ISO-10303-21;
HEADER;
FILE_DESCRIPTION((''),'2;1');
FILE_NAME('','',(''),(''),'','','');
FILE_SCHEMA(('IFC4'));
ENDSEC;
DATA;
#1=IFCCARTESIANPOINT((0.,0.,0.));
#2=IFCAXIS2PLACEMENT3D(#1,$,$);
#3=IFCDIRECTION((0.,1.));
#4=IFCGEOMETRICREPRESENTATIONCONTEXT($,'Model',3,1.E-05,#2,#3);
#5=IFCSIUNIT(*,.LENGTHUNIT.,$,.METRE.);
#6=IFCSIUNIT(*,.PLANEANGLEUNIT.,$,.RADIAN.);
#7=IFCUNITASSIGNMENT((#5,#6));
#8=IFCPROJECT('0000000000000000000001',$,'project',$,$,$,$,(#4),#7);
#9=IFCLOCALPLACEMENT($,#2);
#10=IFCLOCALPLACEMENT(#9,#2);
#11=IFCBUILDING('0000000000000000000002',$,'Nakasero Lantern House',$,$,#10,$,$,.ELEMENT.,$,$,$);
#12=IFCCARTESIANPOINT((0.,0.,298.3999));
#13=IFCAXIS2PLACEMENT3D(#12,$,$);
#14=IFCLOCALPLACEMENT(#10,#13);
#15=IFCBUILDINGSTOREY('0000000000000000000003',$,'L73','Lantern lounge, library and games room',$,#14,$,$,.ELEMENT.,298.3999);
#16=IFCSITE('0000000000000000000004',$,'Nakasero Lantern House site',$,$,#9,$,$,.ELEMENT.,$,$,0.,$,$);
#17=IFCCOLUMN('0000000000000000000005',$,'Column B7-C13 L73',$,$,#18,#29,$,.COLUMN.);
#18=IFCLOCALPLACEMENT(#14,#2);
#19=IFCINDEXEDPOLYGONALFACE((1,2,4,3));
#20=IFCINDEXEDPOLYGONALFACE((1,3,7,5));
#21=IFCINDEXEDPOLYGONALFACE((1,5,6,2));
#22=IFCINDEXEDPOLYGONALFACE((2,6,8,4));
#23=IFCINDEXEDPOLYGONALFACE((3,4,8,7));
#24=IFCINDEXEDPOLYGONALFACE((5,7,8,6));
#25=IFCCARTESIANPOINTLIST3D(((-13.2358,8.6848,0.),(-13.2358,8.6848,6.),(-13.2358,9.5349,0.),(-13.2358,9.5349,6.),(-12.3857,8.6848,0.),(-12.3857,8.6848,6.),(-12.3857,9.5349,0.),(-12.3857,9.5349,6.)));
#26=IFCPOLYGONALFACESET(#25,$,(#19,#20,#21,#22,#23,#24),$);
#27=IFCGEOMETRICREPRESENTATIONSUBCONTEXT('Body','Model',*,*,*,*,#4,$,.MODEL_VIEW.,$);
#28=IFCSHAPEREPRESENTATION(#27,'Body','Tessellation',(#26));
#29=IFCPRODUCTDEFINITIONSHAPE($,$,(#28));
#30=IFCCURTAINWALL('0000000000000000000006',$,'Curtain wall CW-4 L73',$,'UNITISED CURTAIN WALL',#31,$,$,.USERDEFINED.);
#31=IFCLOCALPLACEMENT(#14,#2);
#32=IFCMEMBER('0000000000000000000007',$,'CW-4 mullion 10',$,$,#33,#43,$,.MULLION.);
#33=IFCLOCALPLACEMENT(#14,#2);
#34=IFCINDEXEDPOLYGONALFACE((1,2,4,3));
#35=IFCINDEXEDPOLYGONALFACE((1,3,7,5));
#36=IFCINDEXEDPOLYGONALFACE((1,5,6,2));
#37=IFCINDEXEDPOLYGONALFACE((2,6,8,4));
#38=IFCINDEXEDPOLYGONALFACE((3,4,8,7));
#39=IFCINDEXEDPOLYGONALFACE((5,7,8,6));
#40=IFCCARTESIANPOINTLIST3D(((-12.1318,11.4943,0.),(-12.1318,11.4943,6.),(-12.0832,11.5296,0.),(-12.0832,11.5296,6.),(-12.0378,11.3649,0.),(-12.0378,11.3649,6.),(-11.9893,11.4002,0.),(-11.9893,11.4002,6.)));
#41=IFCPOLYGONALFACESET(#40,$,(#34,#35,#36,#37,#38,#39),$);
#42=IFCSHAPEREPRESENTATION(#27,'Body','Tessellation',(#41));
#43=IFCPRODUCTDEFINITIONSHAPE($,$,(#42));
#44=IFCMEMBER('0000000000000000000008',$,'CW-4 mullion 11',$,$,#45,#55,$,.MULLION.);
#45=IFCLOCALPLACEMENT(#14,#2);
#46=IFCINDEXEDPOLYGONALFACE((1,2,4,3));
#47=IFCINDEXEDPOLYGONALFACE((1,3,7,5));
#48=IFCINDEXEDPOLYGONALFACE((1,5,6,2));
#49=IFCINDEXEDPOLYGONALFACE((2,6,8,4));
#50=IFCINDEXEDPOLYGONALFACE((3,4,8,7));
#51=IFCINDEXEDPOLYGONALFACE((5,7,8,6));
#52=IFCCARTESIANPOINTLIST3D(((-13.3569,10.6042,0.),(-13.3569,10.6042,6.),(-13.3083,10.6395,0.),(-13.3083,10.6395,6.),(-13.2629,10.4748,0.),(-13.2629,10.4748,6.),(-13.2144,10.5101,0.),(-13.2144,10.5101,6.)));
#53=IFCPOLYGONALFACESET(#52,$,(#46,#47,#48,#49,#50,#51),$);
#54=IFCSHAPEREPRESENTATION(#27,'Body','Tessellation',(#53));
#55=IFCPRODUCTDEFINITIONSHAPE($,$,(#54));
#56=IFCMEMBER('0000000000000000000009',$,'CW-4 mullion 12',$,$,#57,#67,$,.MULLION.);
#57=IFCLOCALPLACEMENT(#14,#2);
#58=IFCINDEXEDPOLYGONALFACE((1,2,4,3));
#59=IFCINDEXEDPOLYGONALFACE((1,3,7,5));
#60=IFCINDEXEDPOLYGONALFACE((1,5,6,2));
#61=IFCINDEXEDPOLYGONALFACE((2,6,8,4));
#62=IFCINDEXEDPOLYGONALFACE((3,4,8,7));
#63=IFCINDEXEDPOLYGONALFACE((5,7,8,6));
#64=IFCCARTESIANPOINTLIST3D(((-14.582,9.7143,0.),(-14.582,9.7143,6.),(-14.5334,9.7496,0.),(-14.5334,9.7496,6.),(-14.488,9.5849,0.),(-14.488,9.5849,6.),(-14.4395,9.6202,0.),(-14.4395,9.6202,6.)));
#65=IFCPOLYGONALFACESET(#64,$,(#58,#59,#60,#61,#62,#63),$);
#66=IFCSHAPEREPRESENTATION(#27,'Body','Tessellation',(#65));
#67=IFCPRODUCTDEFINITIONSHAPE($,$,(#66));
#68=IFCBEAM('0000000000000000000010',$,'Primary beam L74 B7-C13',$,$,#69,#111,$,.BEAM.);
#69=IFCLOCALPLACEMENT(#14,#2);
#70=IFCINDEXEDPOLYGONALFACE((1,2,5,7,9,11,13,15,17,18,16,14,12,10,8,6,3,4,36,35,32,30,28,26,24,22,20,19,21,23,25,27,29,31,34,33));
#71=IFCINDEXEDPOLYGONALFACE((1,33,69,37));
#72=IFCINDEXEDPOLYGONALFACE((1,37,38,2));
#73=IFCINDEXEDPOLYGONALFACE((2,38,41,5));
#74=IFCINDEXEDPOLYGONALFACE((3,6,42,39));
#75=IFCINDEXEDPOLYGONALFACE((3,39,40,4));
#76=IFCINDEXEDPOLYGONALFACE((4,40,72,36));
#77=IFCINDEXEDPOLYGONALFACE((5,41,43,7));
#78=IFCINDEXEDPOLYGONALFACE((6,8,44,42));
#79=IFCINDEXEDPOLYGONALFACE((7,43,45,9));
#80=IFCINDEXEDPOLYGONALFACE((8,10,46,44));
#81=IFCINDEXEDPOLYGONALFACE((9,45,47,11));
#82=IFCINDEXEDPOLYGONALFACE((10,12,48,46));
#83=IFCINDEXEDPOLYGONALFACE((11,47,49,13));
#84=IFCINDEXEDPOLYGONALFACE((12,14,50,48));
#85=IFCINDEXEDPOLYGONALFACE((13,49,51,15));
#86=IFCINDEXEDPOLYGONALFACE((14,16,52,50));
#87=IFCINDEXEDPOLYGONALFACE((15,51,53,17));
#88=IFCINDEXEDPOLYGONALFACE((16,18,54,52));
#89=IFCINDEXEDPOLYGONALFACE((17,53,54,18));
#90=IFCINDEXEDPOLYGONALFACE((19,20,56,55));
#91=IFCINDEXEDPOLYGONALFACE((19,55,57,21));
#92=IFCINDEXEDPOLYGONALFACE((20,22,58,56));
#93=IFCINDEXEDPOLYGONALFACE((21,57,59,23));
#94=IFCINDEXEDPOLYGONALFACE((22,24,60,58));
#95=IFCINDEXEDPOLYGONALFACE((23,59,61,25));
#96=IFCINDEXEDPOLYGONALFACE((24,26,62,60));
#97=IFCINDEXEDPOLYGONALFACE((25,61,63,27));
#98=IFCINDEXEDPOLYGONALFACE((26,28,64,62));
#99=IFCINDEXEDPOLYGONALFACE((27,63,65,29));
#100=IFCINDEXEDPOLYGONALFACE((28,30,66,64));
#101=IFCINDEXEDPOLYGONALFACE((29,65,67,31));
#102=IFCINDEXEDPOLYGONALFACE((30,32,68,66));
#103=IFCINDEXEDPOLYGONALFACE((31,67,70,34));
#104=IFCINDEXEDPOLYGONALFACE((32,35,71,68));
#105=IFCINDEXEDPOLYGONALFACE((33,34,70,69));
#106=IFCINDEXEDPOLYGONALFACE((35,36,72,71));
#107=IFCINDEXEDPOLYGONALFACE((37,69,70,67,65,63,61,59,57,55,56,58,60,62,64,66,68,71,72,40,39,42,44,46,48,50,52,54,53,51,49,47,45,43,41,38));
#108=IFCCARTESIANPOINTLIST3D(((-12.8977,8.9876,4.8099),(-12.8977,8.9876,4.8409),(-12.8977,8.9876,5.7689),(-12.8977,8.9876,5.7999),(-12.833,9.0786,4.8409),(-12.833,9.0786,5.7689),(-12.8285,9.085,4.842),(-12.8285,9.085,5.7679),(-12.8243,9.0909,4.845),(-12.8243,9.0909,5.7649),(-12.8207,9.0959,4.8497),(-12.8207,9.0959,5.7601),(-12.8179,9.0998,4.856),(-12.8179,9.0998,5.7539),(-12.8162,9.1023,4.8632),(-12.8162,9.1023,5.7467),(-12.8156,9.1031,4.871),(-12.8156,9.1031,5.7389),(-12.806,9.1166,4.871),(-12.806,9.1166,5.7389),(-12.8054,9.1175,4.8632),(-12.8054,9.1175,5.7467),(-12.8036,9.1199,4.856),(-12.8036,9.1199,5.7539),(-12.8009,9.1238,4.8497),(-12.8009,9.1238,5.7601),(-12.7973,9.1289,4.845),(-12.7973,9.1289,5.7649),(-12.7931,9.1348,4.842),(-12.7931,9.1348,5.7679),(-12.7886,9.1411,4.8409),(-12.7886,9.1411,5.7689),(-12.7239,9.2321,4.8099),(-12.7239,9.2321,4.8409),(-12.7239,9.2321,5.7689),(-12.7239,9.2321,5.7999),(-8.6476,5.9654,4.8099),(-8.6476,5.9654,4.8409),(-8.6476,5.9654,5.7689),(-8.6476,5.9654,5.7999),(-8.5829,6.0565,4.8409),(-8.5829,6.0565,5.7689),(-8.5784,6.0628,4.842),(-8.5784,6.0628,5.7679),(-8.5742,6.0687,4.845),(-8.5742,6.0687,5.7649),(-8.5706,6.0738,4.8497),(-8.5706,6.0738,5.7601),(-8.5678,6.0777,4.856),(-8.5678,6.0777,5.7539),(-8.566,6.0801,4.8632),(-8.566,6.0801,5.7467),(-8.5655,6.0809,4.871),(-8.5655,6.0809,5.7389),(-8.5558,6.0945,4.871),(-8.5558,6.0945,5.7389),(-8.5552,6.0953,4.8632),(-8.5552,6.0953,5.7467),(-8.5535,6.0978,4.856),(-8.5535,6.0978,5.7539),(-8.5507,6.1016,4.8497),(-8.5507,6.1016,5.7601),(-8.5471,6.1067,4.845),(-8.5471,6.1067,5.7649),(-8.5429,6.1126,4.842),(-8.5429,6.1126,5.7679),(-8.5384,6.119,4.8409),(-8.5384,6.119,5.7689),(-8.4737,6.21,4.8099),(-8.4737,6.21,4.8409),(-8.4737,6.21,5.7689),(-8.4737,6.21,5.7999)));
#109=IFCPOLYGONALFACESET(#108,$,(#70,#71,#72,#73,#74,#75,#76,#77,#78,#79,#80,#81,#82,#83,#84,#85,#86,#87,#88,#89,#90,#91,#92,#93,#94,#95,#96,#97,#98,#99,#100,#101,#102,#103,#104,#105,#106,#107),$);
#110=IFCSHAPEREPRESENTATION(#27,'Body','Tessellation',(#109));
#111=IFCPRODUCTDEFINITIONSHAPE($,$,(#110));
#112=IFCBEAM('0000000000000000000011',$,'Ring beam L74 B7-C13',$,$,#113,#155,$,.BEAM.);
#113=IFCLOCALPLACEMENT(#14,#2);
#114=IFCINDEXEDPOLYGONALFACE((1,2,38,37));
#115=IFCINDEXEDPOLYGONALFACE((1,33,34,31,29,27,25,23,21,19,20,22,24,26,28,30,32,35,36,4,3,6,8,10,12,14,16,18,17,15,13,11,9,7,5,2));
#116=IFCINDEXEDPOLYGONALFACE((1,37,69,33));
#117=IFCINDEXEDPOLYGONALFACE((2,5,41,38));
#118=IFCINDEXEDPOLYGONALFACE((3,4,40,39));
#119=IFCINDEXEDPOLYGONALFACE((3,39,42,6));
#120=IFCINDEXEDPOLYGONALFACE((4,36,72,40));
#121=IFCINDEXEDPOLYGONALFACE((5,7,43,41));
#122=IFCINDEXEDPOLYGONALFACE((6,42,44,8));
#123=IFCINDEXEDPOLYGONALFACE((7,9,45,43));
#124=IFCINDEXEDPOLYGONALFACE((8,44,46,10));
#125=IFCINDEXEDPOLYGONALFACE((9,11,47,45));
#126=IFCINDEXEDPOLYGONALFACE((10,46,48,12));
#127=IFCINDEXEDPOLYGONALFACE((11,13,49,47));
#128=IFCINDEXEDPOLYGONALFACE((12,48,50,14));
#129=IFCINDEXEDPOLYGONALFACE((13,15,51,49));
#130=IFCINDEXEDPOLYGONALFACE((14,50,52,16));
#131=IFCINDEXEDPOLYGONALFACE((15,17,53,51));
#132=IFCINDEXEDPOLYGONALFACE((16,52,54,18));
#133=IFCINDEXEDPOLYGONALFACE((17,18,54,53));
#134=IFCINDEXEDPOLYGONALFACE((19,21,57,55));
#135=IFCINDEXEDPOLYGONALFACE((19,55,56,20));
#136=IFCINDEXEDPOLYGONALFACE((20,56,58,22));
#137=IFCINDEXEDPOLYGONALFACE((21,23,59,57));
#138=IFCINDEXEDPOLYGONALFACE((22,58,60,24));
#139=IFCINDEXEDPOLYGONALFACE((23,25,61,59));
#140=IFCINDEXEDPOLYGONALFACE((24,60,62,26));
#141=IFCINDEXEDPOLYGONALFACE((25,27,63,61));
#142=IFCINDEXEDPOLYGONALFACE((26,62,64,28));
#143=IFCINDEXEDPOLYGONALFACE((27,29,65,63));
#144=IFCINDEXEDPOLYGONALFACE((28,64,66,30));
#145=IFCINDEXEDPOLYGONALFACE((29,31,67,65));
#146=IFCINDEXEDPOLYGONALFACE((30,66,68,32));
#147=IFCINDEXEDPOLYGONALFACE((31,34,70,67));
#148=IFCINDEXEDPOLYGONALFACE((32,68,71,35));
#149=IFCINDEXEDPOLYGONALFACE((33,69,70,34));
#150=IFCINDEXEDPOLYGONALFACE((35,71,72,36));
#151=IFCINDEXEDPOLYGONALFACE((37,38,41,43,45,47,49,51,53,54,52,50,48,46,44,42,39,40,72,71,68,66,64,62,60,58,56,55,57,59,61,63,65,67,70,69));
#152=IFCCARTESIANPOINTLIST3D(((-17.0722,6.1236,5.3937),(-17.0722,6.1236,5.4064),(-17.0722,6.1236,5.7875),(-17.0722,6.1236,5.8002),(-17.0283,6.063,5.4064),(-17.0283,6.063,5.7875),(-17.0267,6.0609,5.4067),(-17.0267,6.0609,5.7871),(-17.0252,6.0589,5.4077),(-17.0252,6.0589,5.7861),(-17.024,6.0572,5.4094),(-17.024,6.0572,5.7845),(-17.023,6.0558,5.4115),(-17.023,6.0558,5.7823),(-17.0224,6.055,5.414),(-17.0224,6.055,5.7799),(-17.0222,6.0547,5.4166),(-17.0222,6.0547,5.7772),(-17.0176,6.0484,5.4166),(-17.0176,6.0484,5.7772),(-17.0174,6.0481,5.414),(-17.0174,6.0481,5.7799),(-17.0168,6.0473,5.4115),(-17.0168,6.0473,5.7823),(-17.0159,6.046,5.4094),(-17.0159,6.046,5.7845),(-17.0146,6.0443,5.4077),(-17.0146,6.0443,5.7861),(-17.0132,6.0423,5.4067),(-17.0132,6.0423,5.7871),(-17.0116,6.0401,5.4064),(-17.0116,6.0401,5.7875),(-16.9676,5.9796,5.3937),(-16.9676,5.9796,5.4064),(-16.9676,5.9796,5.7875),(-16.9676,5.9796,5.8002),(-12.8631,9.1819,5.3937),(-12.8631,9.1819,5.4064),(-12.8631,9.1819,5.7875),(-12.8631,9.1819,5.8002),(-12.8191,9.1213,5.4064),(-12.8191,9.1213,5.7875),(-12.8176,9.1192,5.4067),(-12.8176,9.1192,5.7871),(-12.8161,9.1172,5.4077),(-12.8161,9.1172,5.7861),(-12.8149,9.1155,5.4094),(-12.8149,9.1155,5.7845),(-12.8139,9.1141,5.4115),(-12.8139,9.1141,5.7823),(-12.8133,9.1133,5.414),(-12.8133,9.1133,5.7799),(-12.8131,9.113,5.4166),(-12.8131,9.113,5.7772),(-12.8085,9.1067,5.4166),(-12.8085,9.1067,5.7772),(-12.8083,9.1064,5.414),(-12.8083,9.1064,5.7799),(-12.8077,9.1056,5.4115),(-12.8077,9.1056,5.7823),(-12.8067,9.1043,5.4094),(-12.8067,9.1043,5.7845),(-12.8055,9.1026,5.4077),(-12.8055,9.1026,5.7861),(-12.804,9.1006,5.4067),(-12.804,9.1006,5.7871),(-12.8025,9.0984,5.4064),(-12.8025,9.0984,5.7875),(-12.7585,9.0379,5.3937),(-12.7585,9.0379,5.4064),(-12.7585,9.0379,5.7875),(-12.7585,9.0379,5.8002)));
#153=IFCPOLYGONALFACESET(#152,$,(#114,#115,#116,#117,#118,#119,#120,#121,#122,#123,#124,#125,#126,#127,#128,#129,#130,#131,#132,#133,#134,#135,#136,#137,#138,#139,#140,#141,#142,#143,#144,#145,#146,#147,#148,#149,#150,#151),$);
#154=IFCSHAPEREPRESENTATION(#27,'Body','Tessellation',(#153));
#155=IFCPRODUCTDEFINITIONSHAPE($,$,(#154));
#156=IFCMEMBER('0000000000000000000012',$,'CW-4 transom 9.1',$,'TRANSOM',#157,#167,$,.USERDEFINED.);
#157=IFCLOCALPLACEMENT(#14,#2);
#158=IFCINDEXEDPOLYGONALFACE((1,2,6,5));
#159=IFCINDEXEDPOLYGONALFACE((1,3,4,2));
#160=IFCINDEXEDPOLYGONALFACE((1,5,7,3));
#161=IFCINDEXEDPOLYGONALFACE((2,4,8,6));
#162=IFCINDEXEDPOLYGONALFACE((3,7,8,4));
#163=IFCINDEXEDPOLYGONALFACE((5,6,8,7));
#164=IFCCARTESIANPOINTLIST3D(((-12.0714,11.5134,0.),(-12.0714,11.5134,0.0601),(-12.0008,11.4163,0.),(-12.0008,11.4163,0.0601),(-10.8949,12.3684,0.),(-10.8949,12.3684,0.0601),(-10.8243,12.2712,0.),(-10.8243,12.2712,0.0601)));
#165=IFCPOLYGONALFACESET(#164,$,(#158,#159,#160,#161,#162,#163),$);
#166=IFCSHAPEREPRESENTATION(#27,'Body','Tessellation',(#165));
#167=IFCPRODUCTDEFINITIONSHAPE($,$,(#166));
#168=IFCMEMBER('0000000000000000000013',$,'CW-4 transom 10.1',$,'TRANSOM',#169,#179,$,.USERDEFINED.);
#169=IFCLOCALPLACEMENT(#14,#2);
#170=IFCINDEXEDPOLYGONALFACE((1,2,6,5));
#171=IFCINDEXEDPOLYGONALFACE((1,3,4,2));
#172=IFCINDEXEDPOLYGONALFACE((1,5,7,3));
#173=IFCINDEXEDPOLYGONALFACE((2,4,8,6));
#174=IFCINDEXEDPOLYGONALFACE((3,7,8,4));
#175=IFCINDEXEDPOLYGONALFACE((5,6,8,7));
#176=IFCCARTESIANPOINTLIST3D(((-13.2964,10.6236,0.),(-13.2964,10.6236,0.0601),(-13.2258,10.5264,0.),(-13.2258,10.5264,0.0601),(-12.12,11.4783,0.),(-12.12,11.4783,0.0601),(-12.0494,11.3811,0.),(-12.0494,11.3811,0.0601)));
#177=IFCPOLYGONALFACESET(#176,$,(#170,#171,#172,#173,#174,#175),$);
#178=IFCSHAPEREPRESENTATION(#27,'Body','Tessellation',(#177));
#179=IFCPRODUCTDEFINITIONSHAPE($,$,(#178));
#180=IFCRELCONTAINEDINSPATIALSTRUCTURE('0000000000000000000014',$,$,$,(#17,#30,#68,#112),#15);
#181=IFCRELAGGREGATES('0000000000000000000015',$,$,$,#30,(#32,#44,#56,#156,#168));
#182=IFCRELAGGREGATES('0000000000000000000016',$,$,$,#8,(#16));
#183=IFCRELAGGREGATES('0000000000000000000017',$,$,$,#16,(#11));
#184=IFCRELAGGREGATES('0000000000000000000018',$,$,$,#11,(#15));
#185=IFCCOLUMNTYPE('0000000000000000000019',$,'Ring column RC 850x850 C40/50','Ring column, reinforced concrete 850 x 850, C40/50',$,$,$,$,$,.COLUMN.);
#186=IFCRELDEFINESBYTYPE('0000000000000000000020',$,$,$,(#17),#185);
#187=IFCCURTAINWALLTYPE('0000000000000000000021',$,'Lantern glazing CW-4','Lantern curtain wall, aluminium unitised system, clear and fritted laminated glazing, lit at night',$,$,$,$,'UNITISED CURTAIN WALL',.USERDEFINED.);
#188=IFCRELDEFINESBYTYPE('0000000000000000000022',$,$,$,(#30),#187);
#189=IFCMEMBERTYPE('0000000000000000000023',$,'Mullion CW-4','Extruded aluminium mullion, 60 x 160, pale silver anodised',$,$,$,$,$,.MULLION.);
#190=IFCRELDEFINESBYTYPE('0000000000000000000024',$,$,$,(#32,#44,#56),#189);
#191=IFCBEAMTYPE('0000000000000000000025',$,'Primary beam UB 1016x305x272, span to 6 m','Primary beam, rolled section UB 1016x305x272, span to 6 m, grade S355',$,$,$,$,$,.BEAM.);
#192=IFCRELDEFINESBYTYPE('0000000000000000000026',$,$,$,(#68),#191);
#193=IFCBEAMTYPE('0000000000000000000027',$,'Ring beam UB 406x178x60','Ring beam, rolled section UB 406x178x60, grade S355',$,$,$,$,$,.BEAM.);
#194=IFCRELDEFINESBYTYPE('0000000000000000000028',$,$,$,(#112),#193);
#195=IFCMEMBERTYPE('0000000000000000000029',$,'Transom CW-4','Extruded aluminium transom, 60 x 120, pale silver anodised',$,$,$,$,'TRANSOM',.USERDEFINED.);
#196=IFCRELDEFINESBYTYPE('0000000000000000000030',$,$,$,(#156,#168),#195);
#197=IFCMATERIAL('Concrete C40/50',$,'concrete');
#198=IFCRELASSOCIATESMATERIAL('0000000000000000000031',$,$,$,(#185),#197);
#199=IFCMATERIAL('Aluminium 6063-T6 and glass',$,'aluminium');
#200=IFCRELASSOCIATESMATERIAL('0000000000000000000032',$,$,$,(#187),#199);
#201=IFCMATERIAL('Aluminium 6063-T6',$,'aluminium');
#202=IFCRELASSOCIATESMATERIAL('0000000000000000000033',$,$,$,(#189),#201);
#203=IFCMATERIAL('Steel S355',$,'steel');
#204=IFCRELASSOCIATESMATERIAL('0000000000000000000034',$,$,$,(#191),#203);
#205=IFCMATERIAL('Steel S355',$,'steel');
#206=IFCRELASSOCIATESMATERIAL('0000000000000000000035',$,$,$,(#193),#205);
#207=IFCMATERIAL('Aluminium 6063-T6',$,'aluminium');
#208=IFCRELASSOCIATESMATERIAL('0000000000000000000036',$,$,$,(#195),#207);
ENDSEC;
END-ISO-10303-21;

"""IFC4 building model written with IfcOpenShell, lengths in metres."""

from ifc_helpers import new_model, si_unit, direction, frame, origin, origin_2d, place, context, subcontext, project, spatial, rectangle, i_section, extrude, material, material_profile, profile_set, type_object, element, aggregate, save


model = new_model("IFC4")

# Units and contexts
model_context = context("Model", 3, precision=1e-05, world=origin(), true_north=direction((0.0, 1.0)))
body_context = subcontext(model_context, "Body", "Model", "MODEL_VIEW")
ifc_project = project(units=[si_unit("LENGTHUNIT", "METRE"), si_unit("PLANEANGLEUNIT", "RADIAN")], contexts=[model_context])

# Site, building, storey
site_placement = place(None, origin())
site = spatial("IfcSite", under=ifc_project, at=site_placement, Name="Nakasero Lantern House site", CompositionType="ELEMENT", RefElevation=0.0)
building_placement = place(site_placement, origin())
building = spatial("IfcBuilding", under=site, at=building_placement, Name="Nakasero Lantern House", CompositionType="ELEMENT")
storey_placement = place(building_placement, frame((0.0, 0.0, 298.3999)))
storey = spatial("IfcBuildingStorey", under=building, at=storey_placement, Name="L73", Description="Lantern lounge, library and games room", CompositionType="ELEMENT", Elevation=298.3999)

# Column
ifc_material_1 = material(Name="Concrete C40/50", Category="concrete")
ifc_material_profile_1 = material_profile(ifc_material_1, rectangle(XDim=0.8501, YDim=0.8501, at=origin_2d()), Name="RC 850x850")
ifc_profile_set_1 = profile_set([ifc_material_profile_1], Name="Concrete C40/50")
column_type = type_object("IfcColumnType", Name="Ring column RC 850x850 C40/50", Description="Ring column, reinforced concrete 850 x 850, C40/50", PredefinedType="COLUMN", material=ifc_profile_set_1)
column_placement = place(storey_placement, frame((-12.8108, 9.1099, 0.0), z_axis=(0.0, 0.0, 1.0), x_axis=(1.0, 0.0, 0.0)))
element("IfcColumn", 1, at=column_placement, inside=storey, type_object=column_type, Name="Column B7-C13 L73", PredefinedType="COLUMN", context=body_context, shape_type="SweptSolid", body=[
    extrude(rectangle(XDim=0.8501, YDim=0.8501, at=origin_2d()), origin(), (0.0, 0.0, 1.0), 6.0),
])

# Curtain wall, members
ifc_material_2 = material(Name="Aluminium 6063-T6 and glass", Category="aluminium")
curtain_wall_type = type_object("IfcCurtainWallType", Name="Lantern glazing CW-4", Description="Lantern curtain wall, aluminium unitised system, clear and fritted laminated glazing, lit at night", ElementType="UNITISED CURTAIN WALL", PredefinedType="USERDEFINED", material=ifc_material_2)
curtain_wall_placement = place(storey_placement, origin())
curtain_wall = element("IfcCurtainWall", 2, at=curtain_wall_placement, inside=storey, type_object=curtain_wall_type, Name="Curtain wall CW-4 L73", ObjectType="UNITISED CURTAIN WALL", PredefinedType="USERDEFINED")
ifc_material_3 = material(Name="Aluminium 6063-T6", Category="aluminium")
ifc_material_profile_2 = material_profile(ifc_material_3, rectangle(XDim=0.0601, YDim=0.1599, at=origin_2d()), Name="CW-4 mullion 60x160")
ifc_profile_set_2 = profile_set([ifc_material_profile_2], Name="Aluminium 6063-T6")
member_type_1 = type_object("IfcMemberType", Name="Mullion CW-4", Description="Extruded aluminium mullion, 60 x 160, pale silver anodised", PredefinedType="MULLION", material=ifc_profile_set_2)
member_1_placement = place(storey_placement, frame((-12.0605, 11.4473, 0.0), z_axis=(0.0, 0.0, 1.0), x_axis=(-0.809017, -0.587785, 0.0)))
member_1 = element("IfcMember", 3, at=member_1_placement, type_object=member_type_1, Name="CW-4 mullion 10", PredefinedType="MULLION", context=body_context, shape_type="SweptSolid", body=[
    extrude(rectangle(XDim=0.0601, YDim=0.1599, at=origin_2d()), origin(), (0.0, 0.0, 1.0), 6.0),
])
member_2_placement = place(storey_placement, frame((-13.2856, 10.5571, 0.0), z_axis=(0.0, 0.0, 1.0), x_axis=(-0.809017, -0.587785, 0.0)))
member_2 = element("IfcMember", 4, at=member_2_placement, type_object=member_type_1, Name="CW-4 mullion 11", PredefinedType="MULLION", context=body_context, shape_type="SweptSolid", body=[
    extrude(rectangle(XDim=0.0601, YDim=0.1599, at=origin_2d()), origin(), (0.0, 0.0, 1.0), 6.0),
])
member_3_placement = place(storey_placement, frame((-14.5107, 9.6672, 0.0), z_axis=(0.0, 0.0, 1.0), x_axis=(-0.809017, -0.587785, 0.0)))
member_3 = element("IfcMember", 5, at=member_3_placement, type_object=member_type_1, Name="CW-4 mullion 12", PredefinedType="MULLION", context=body_context, shape_type="SweptSolid", body=[
    extrude(rectangle(XDim=0.0601, YDim=0.1599, at=origin_2d()), origin(), (0.0, 0.0, 1.0), 6.0),
])

# Beams
ifc_material_4 = material(Name="Steel S355", Category="steel")
ifc_material_profile_3 = material_profile(ifc_material_4, i_section(OverallWidth=0.3, OverallDepth=0.99, WebThickness=0.0166, FlangeThickness=0.031, FilletRadius=0.03, at=origin_2d()), Name="UB 1016x305x272")
ifc_profile_set_3 = profile_set([ifc_material_profile_3], Name="Steel S355")
beam_type_1 = type_object("IfcBeamType", Name="Primary beam UB 1016x305x272, span to 6 m", Description="Primary beam, rolled section UB 1016x305x272, span to 6 m, grade S355", PredefinedType="BEAM", material=ifc_profile_set_3)
beam_1_placement = place(storey_placement, frame((-12.8108, 9.1099, 5.3049), z_axis=(0.814972, -0.579501, 0.0), x_axis=(0.579501, 0.814972, 0.0)))
element("IfcBeam", 6, at=beam_1_placement, inside=storey, type_object=beam_type_1, Name="Primary beam L74 B7-C13", PredefinedType="BEAM", context=body_context, shape_type="SweptSolid", body=[
    extrude(i_section(OverallWidth=0.3, OverallDepth=0.99, WebThickness=0.0166, FlangeThickness=0.031, FilletRadius=0.03, at=origin_2d()), origin(), (0.0, 0.0, 1.0), 5.2151),
])
ifc_material_5 = material(Name="Steel S355", Category="steel")
ifc_material_profile_4 = material_profile(ifc_material_5, i_section(OverallWidth=0.178, OverallDepth=0.4065, WebThickness=0.0078, FlangeThickness=0.0127, FilletRadius=0.0103, at=origin_2d()), Name="UB 406x178x60")
ifc_profile_set_4 = profile_set([ifc_material_profile_4], Name="Steel S355")
beam_type_2 = type_object("IfcBeamType", Name="Ring beam UB 406x178x60", Description="Ring beam, rolled section UB 406x178x60, grade S355", PredefinedType="BEAM", material=ifc_profile_set_4)
beam_2_placement = place(storey_placement, frame((-12.8108, 9.1099, 5.5969), z_axis=(-0.809002, -0.587806, 0.0), x_axis=(0.587806, -0.809002, 0.0)))
element("IfcBeam", 7, at=beam_2_placement, inside=storey, type_object=beam_type_2, Name="Ring beam L74 B7-C13", PredefinedType="BEAM", context=body_context, shape_type="SweptSolid", body=[
    extrude(i_section(OverallWidth=0.178, OverallDepth=0.4065, WebThickness=0.0078, FlangeThickness=0.0127, FilletRadius=0.0103, at=origin_2d()), origin(), (0.0, 0.0, 1.0), 5.2029),
])

# Members
ifc_material_6 = material(Name="Aluminium 6063-T6", Category="aluminium")
ifc_material_profile_5 = material_profile(ifc_material_6, rectangle(XDim=0.0601, YDim=0.1201, at=origin_2d()), Name="CW-4 transom 60x120")
ifc_profile_set_5 = profile_set([ifc_material_profile_5], Name="Aluminium 6063-T6")
member_type_2 = type_object("IfcMemberType", Name="Transom CW-4", Description="Extruded aluminium transom, 60 x 120, pale silver anodised", ElementType="TRANSOM", PredefinedType="USERDEFINED", material=ifc_profile_set_5)
member_4_placement = place(storey_placement, frame((-10.8596, 12.3198, 0.03), z_axis=(-0.808954, -0.587872, 0.0), x_axis=(0.0, 0.0, 1.0)))
member_4 = element("IfcMember", 8, at=member_4_placement, type_object=member_type_2, Name="CW-4 transom 9.1", ObjectType="TRANSOM", PredefinedType="USERDEFINED", context=body_context, shape_type="SweptSolid", body=[
    extrude(rectangle(XDim=0.0601, YDim=0.1201, at=origin_2d()), origin(), (0.0, 0.0, 1.0), 1.4543),
])
member_5_placement = place(storey_placement, frame((-12.0847, 11.4297, 0.03), z_axis=(-0.809034, -0.587762, 0.0), x_axis=(0.0, 0.0, 1.0)))
member_5 = element("IfcMember", 9, at=member_5_placement, type_object=member_type_2, Name="CW-4 transom 10.1", ObjectType="TRANSOM", PredefinedType="USERDEFINED", context=body_context, shape_type="SweptSolid", body=[
    extrude(rectangle(XDim=0.0601, YDim=0.1201, at=origin_2d()), origin(), (0.0, 0.0, 1.0), 1.4541),
])

aggregate(curtain_wall, [member_1, member_2, member_3, member_4, member_5])

save(model, "model.ifc")
